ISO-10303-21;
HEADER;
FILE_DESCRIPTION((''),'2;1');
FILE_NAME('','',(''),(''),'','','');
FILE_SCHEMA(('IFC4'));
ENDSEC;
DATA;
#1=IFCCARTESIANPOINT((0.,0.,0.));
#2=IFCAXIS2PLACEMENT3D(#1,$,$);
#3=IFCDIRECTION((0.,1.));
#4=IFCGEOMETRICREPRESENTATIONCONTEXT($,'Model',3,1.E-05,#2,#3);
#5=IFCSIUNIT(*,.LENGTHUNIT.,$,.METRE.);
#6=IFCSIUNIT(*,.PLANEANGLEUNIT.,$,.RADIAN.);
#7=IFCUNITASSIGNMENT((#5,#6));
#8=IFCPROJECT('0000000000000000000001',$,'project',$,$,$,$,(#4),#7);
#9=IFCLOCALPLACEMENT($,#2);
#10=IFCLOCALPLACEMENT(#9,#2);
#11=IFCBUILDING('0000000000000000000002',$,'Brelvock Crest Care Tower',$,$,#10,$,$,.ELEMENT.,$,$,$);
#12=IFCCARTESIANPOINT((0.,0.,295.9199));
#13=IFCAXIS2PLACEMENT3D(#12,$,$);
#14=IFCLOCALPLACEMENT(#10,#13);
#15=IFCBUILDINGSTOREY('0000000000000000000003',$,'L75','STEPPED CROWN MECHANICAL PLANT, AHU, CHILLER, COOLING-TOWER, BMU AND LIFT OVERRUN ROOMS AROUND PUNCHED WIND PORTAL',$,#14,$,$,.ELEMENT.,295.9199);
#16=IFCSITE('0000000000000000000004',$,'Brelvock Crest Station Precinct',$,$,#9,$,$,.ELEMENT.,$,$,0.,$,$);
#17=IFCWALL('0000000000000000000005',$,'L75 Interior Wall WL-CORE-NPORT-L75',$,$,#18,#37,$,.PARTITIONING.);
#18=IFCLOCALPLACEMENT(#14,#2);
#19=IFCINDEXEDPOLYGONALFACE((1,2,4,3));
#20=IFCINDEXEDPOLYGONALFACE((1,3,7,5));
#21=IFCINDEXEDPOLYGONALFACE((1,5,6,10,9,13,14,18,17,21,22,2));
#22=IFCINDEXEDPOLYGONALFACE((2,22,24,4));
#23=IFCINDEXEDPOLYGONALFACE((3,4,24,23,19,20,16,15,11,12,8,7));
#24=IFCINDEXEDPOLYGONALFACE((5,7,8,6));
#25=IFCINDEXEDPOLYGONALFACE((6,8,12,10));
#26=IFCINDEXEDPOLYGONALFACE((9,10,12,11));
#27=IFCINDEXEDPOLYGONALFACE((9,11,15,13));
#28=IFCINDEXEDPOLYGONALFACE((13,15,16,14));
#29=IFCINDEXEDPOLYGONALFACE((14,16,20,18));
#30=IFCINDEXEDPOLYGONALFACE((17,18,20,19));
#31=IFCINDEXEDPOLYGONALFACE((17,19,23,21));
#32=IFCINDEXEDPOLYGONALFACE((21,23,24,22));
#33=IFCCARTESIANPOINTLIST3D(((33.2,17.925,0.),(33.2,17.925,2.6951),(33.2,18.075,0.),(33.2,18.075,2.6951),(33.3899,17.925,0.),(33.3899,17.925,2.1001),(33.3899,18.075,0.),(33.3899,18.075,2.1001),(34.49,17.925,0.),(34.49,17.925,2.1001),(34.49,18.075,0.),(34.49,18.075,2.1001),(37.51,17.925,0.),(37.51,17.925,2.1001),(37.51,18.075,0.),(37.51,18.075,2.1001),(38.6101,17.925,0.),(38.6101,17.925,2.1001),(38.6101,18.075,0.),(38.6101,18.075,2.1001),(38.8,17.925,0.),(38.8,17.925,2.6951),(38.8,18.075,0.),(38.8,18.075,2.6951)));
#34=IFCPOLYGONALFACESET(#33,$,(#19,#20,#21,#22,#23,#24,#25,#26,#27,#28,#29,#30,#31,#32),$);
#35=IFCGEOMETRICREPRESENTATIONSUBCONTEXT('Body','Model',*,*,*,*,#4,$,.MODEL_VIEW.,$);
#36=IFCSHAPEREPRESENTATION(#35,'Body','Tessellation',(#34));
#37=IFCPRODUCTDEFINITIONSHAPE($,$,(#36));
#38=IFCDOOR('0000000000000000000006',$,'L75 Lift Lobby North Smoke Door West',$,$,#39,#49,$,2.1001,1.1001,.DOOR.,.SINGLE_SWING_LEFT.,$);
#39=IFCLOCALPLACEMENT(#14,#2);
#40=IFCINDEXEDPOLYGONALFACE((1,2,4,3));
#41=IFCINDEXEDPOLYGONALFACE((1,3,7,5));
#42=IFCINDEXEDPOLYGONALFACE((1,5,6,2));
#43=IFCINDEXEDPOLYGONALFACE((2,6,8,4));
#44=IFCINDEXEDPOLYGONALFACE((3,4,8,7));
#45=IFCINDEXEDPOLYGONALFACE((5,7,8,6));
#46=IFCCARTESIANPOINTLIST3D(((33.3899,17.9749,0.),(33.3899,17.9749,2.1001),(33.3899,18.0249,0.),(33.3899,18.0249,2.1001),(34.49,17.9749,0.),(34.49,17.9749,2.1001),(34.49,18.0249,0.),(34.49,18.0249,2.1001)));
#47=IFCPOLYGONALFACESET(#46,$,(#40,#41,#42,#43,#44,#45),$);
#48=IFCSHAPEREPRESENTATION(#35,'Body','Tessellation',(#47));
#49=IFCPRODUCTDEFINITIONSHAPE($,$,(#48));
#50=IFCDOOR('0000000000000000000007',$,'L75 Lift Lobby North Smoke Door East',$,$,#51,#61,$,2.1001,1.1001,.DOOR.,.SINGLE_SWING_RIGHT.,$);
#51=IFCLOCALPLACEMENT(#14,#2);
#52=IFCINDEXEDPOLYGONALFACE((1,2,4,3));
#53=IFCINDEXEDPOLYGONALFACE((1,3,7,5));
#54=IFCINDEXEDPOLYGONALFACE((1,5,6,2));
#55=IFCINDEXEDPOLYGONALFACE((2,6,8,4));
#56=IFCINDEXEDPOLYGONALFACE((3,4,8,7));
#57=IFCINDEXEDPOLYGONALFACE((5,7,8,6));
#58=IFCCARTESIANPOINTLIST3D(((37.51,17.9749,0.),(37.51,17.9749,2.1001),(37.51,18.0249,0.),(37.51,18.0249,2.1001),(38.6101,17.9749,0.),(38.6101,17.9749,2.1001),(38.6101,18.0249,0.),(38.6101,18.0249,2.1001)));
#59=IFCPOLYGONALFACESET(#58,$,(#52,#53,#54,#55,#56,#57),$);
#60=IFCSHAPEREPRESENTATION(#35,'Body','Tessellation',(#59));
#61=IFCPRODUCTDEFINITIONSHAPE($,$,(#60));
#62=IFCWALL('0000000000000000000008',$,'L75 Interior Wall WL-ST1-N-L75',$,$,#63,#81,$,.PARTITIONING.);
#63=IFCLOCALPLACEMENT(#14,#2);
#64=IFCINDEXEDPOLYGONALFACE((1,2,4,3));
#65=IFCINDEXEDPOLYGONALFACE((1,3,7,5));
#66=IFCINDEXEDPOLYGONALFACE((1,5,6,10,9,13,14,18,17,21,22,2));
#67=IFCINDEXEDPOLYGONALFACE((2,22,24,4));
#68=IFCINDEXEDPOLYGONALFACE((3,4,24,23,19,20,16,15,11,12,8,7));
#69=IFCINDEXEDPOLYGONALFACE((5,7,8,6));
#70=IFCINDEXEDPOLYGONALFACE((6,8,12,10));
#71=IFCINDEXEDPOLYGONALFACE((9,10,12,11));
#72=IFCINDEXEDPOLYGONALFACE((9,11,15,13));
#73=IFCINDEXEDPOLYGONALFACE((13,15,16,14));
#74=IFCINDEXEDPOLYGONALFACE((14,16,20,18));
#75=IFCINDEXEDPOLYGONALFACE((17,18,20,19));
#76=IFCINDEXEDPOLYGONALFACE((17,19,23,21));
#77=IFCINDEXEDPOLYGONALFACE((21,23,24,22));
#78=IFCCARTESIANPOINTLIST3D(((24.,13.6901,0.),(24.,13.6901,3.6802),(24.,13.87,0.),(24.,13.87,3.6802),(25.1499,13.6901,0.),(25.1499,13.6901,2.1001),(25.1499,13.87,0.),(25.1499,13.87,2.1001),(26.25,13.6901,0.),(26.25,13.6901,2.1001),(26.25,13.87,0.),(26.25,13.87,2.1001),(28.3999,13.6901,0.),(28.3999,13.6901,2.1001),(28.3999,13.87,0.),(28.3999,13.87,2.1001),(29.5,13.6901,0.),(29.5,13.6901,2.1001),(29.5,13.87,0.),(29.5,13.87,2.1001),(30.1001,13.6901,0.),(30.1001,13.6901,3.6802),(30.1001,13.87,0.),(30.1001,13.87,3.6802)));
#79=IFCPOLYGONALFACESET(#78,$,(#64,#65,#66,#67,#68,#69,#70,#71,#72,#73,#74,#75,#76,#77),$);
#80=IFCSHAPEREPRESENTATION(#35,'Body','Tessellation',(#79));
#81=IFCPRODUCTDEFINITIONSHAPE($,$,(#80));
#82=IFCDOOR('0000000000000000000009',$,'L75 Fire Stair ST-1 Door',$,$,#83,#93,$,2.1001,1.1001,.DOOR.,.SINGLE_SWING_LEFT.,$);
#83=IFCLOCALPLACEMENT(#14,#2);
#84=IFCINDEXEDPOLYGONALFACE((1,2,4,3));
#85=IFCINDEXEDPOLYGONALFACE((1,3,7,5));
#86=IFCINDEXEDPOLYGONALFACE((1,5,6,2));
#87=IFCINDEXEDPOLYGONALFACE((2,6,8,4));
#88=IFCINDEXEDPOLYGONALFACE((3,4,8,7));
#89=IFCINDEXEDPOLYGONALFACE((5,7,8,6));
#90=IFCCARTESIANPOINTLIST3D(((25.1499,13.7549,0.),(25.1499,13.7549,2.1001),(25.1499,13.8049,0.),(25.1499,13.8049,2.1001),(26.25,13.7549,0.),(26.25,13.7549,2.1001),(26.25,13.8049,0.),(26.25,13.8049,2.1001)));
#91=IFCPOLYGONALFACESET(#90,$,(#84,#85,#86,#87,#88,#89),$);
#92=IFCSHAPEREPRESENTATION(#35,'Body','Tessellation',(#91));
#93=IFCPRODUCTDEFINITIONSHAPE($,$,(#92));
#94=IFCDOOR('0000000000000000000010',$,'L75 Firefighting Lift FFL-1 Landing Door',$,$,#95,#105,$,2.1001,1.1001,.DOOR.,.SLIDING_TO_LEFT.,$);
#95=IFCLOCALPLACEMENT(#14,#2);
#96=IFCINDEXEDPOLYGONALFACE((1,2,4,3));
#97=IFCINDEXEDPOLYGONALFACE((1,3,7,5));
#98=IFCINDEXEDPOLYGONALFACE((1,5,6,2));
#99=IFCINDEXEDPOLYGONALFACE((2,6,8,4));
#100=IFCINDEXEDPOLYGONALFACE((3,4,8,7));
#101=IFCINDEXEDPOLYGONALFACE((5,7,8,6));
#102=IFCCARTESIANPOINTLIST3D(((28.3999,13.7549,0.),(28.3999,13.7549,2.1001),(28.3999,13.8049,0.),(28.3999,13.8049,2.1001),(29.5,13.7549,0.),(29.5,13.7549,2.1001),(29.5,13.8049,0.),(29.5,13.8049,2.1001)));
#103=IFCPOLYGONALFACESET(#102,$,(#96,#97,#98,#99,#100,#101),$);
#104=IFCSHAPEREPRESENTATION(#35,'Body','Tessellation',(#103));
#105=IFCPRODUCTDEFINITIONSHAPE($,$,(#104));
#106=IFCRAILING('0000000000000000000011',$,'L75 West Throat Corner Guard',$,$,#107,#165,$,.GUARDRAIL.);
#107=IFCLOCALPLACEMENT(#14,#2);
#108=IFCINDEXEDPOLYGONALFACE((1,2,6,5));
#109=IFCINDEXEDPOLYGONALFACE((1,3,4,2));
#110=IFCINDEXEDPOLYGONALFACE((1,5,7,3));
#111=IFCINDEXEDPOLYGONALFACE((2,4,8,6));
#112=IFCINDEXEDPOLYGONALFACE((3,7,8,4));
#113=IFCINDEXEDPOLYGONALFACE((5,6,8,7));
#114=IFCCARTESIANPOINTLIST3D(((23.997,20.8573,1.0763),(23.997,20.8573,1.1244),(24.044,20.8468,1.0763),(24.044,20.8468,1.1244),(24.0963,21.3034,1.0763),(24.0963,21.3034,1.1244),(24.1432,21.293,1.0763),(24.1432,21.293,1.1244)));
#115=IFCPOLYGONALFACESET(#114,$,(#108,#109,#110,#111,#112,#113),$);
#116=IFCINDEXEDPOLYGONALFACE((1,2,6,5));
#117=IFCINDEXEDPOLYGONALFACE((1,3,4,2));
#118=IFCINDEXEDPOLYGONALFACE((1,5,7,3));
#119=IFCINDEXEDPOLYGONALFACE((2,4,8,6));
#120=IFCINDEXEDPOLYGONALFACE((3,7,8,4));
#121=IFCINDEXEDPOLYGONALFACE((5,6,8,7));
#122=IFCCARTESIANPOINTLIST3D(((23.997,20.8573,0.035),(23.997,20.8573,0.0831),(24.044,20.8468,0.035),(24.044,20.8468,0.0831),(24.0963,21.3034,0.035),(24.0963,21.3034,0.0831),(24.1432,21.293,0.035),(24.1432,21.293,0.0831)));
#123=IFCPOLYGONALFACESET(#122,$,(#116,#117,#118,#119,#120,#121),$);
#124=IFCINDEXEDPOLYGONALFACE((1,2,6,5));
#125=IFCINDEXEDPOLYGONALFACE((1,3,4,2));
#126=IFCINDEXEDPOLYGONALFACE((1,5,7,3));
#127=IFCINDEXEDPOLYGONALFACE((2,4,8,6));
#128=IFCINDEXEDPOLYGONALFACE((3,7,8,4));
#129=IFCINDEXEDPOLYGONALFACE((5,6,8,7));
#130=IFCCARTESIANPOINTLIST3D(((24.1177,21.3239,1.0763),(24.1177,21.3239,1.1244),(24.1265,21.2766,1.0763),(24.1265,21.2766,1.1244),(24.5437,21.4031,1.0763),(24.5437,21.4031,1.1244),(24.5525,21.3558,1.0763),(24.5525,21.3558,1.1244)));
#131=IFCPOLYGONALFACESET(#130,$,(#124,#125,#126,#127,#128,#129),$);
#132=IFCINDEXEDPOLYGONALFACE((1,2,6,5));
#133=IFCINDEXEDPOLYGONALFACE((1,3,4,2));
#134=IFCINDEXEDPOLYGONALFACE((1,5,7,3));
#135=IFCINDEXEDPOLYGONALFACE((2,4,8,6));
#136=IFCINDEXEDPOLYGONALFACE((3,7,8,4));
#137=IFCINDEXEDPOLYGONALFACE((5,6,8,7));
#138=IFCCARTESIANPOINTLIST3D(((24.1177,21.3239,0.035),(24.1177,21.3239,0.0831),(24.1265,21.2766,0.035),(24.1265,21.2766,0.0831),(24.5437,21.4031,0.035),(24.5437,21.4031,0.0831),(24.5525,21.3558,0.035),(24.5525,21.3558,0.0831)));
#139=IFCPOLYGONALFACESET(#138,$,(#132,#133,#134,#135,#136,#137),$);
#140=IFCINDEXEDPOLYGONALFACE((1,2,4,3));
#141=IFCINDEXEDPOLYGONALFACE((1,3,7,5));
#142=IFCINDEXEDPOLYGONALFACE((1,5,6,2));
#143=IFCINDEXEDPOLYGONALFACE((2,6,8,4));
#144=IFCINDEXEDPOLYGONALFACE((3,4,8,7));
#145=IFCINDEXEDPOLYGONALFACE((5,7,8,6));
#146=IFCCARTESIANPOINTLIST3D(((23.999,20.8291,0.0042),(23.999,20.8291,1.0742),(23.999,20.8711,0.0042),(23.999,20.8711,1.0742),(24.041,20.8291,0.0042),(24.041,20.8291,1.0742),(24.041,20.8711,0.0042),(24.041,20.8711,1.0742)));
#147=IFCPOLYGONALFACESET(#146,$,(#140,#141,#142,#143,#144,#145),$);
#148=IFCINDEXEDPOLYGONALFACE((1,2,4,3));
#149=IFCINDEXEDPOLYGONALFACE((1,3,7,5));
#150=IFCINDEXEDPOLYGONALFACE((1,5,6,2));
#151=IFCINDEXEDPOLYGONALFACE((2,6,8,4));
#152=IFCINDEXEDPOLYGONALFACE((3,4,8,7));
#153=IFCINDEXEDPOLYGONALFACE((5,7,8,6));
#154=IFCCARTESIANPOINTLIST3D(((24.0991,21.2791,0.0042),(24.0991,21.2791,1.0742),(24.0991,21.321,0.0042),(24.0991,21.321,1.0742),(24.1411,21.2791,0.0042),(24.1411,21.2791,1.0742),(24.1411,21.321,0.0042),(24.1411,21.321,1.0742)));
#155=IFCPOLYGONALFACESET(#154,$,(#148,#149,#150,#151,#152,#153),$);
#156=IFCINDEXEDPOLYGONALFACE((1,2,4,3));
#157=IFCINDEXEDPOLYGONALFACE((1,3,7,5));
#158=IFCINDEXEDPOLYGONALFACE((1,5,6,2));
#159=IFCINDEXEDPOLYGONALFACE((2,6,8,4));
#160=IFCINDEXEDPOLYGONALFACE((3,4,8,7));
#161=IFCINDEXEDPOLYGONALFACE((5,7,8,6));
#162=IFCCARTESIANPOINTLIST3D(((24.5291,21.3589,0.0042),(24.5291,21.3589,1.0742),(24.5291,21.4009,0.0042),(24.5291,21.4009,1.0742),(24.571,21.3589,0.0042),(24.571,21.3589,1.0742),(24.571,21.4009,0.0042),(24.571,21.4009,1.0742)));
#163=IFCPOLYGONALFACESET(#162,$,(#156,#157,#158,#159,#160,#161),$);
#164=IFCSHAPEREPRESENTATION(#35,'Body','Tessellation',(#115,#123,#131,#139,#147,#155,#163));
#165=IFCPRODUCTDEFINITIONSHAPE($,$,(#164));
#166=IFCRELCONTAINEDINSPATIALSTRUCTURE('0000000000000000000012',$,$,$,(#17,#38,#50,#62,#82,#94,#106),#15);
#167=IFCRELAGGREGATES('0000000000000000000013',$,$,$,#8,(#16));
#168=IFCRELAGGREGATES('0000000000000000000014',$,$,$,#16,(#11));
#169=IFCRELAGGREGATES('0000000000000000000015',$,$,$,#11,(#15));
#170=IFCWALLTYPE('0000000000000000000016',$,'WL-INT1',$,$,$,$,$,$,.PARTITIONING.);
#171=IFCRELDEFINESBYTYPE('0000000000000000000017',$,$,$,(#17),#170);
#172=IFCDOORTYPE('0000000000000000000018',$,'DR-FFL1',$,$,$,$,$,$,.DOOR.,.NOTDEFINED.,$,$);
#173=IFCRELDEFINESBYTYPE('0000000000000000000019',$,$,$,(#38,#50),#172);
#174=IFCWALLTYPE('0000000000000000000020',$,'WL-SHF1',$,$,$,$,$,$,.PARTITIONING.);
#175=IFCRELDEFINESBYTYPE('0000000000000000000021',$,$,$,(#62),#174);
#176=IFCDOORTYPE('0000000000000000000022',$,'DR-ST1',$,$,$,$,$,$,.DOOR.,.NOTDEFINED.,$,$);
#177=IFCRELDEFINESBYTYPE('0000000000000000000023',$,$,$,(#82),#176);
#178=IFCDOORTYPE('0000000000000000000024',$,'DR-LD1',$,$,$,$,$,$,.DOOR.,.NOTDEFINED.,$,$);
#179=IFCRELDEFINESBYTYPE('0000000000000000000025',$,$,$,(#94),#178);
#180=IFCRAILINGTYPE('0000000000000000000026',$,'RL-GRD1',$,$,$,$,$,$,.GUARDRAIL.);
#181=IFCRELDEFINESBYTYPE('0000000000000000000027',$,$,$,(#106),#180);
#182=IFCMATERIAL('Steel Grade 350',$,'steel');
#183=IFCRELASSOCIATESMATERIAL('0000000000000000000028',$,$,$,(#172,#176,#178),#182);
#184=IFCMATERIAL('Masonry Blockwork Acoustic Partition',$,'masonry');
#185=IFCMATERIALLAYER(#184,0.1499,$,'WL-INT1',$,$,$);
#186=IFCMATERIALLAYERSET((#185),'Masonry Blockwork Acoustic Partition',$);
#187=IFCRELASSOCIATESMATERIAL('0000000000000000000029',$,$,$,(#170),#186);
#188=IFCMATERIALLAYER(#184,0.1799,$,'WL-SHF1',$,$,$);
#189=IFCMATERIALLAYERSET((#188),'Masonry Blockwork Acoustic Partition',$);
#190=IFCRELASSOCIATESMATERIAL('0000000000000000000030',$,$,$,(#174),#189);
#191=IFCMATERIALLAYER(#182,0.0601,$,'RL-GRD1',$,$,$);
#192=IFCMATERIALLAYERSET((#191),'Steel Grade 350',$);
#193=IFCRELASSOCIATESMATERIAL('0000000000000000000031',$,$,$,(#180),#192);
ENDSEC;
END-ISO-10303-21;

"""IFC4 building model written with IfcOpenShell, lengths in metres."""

from ifc_helpers import new_model, si_unit, direction, frame, frame_2d, origin, origin_2d, place, context, subcontext, project, spatial, rectangle, extrude, source, transform, mapped, material, layer, layer_set, type_object, element, fill, save


model = new_model("IFC4")

# Units and contexts
model_context = context("Model", 3, precision=1e-05, world=origin(), true_north=direction((0.0, 1.0)))
body_context = subcontext(model_context, "Body", "Model", "MODEL_VIEW")
ifc_project = project(units=[si_unit("LENGTHUNIT", "METRE"), si_unit("PLANEANGLEUNIT", "RADIAN")], contexts=[model_context])

# Site, building, storey
site_placement = place(None, origin())
site = spatial("IfcSite", under=ifc_project, at=site_placement, Name="Brelvock Crest Station Precinct", CompositionType="ELEMENT", RefElevation=0.0)
building_placement = place(site_placement, origin())
building = spatial("IfcBuilding", under=site, at=building_placement, Name="Brelvock Crest Care Tower", CompositionType="ELEMENT")
storey_placement = place(building_placement, frame((0.0, 0.0, 295.9199)))
storey = spatial("IfcBuildingStorey", under=building, at=storey_placement, Name="L75", Description="STEPPED CROWN MECHANICAL PLANT, AHU, CHILLER, COOLING-TOWER, BMU AND LIFT OVERRUN ROOMS AROUND PUNCHED WIND PORTAL", CompositionType="ELEMENT", Elevation=295.9199)

# Shared definitions
ifc_material_1 = material(Name="Steel Grade 350", Category="steel")

# Shared definitions
door_type_1 = type_object("IfcDoorType", Name="DR-FFL1", OperationType="NOTDEFINED", PredefinedType="DOOR", material=ifc_material_1)
shared_shape_1 = source(origin(), body_context, "Body", "SweptSolid", [
    extrude(rectangle(XDim=1.1001, YDim=2.1001, at=origin_2d()), frame((0.55, 0.0249, 1.05), z_axis=(0.0, -1.0, 0.0), x_axis=(1.0, 0.0, 0.0)), (0.0, 0.0, 1.0), 0.05),
])

# Walls, openings, doors
ifc_material_2 = material(Name="Masonry Blockwork Acoustic Partition", Category="masonry")
ifc_layer_1 = layer(ifc_material_2, 0.1499, Name="WL-INT1")
ifc_layer_set_1 = layer_set([ifc_layer_1], Name="Masonry Blockwork Acoustic Partition")
wall_type_1 = type_object("IfcWallType", Name="WL-INT1", PredefinedType="PARTITIONING", material=ifc_layer_set_1)
wall_1_placement = place(storey_placement, frame((33.2, 18.0, 0.0), z_axis=(0.0, 0.0, 1.0), x_axis=(1.0, 0.0, 0.0)))
wall_1 = element("IfcWall", 1, at=wall_1_placement, inside=storey, type_object=wall_type_1, Name="L75 Interior Wall WL-CORE-NPORT-L75", PredefinedType="PARTITIONING", context=body_context, shape_type="SweptSolid", body=[
    extrude(rectangle(XDim=5.6001, YDim=0.1499, at=frame_2d((2.8, 0.0))), origin(), (0.0, 0.0, 1.0), 2.6951),
])
opening_1_placement = place(wall_1_placement, frame((0.1899, 0.0, 0.0)))
opening_1 = element("IfcOpeningElement", 2, at=opening_1_placement, cuts=wall_1, PredefinedType="OPENING", context=body_context, shape_type="SweptSolid", body=[
    extrude(rectangle(XDim=1.1001, YDim=2.1001, at=origin_2d()), frame((0.55, 0.085, 1.05), z_axis=(0.0, -1.0, 0.0), x_axis=(1.0, 0.0, 0.0)), (0.0, 0.0, 1.0), 0.1699),
])
opening_2_placement = place(wall_1_placement, frame((4.3101, 0.0, 0.0)))
opening_2 = element("IfcOpeningElement", 3, at=opening_2_placement, cuts=wall_1, PredefinedType="OPENING", context=body_context, shape_type="SweptSolid", body=[
    extrude(rectangle(XDim=1.1001, YDim=2.1001, at=origin_2d()), frame((0.55, 0.085, 1.05), z_axis=(0.0, -1.0, 0.0), x_axis=(1.0, 0.0, 0.0)), (0.0, 0.0, 1.0), 0.1699),
])
door_1_placement = place(opening_1_placement, origin())
door_1 = element("IfcDoor", 4, at=door_1_placement, inside=storey, type_object=door_type_1, Name="L75 Lift Lobby North Smoke Door West", OperationType="SINGLE_SWING_LEFT", OverallHeight=2.1001, OverallWidth=1.1001, PredefinedType="DOOR", context=body_context, shape_type="MappedRepresentation", body=[
    mapped(shared_shape_1, transform((0.0, 0.0, 0.0), x_axis=(1.0, 0.0, 0.0), y_axis=(0.0, 1.0, 0.0), z_axis=(0.0, 0.0, 1.0), scale=1.0)),
])
fill(opening_1, door_1)
door_2_placement = place(opening_2_placement, origin())
door_2 = element("IfcDoor", 5, at=door_2_placement, inside=storey, type_object=door_type_1, Name="L75 Lift Lobby North Smoke Door East", OperationType="SINGLE_SWING_RIGHT", OverallHeight=2.1001, OverallWidth=1.1001, PredefinedType="DOOR", context=body_context, shape_type="MappedRepresentation", body=[
    mapped(shared_shape_1, transform((0.0, 0.0, 0.0), x_axis=(1.0, 0.0, 0.0), y_axis=(0.0, 1.0, 0.0), z_axis=(0.0, 0.0, 1.0), scale=1.0)),
])
fill(opening_2, door_2)
ifc_layer_2 = layer(ifc_material_2, 0.1799, Name="WL-SHF1")
ifc_layer_set_2 = layer_set([ifc_layer_2], Name="Masonry Blockwork Acoustic Partition")
wall_type_2 = type_object("IfcWallType", Name="WL-SHF1", PredefinedType="PARTITIONING", material=ifc_layer_set_2)
wall_2_placement = place(storey_placement, frame((24.0, 13.78, 0.0), z_axis=(0.0, 0.0, 1.0), x_axis=(1.0, 0.0, 0.0)))
wall_2 = element("IfcWall", 6, at=wall_2_placement, inside=storey, type_object=wall_type_2, Name="L75 Interior Wall WL-ST1-N-L75", PredefinedType="PARTITIONING", context=body_context, shape_type="SweptSolid", body=[
    extrude(rectangle(XDim=6.1001, YDim=0.1799, at=frame_2d((3.05, 0.0))), origin(), (0.0, 0.0, 1.0), 3.6802),
])
opening_3_placement = place(wall_2_placement, frame((1.1499, 0.0, 0.0)))
opening_3 = element("IfcOpeningElement", 7, at=opening_3_placement, cuts=wall_2, PredefinedType="OPENING", context=body_context, shape_type="SweptSolid", body=[
    extrude(rectangle(XDim=1.1001, YDim=2.1001, at=origin_2d()), frame((0.55, 0.1001, 1.05), z_axis=(0.0, -1.0, 0.0), x_axis=(1.0, 0.0, 0.0)), (0.0, 0.0, 1.0), 0.2),
])
opening_4_placement = place(wall_2_placement, frame((4.3999, 0.0, 0.0)))
opening_4 = element("IfcOpeningElement", 8, at=opening_4_placement, cuts=wall_2, PredefinedType="OPENING", context=body_context, shape_type="SweptSolid", body=[
    extrude(rectangle(XDim=1.1001, YDim=2.1001, at=origin_2d()), frame((0.55, 0.1001, 1.05), z_axis=(0.0, -1.0, 0.0), x_axis=(1.0, 0.0, 0.0)), (0.0, 0.0, 1.0), 0.2),
])
door_type_2 = type_object("IfcDoorType", Name="DR-ST1", OperationType="NOTDEFINED", PredefinedType="DOOR", material=ifc_material_1)
shared_shape_2 = source(origin(), body_context, "Body", "SweptSolid", [
    extrude(rectangle(XDim=1.1001, YDim=2.1001, at=origin_2d()), frame((0.55, 0.0249, 1.05), z_axis=(0.0, -1.0, 0.0), x_axis=(1.0, 0.0, 0.0)), (0.0, 0.0, 1.0), 0.05),
])
door_3_placement = place(opening_3_placement, origin())
door_3 = element("IfcDoor", 9, at=door_3_placement, inside=storey, type_object=door_type_2, Name="L75 Fire Stair ST-1 Door", OperationType="SINGLE_SWING_LEFT", OverallHeight=2.1001, OverallWidth=1.1001, PredefinedType="DOOR", context=body_context, shape_type="MappedRepresentation", body=[
    mapped(shared_shape_2, transform((0.0, 0.0, 0.0), x_axis=(1.0, 0.0, 0.0), y_axis=(0.0, 1.0, 0.0), z_axis=(0.0, 0.0, 1.0), scale=1.0)),
])
fill(opening_3, door_3)
door_type_3 = type_object("IfcDoorType", Name="DR-LD1", OperationType="NOTDEFINED", PredefinedType="DOOR", material=ifc_material_1)
shared_shape_3 = source(origin(), body_context, "Body", "SweptSolid", [
    extrude(rectangle(XDim=1.1001, YDim=2.1001, at=origin_2d()), frame((0.55, 0.0249, 1.05), z_axis=(0.0, -1.0, 0.0), x_axis=(1.0, 0.0, 0.0)), (0.0, 0.0, 1.0), 0.05),
])
door_4_placement = place(opening_4_placement, origin())
door_4 = element("IfcDoor", 10, at=door_4_placement, inside=storey, type_object=door_type_3, Name="L75 Firefighting Lift FFL-1 Landing Door", OperationType="SLIDING_TO_LEFT", OverallHeight=2.1001, OverallWidth=1.1001, PredefinedType="DOOR", context=body_context, shape_type="MappedRepresentation", body=[
    mapped(shared_shape_3, transform((0.0, 0.0, 0.0), x_axis=(1.0, 0.0, 0.0), y_axis=(0.0, 1.0, 0.0), z_axis=(0.0, 0.0, 1.0), scale=1.0)),
])
fill(opening_4, door_4)

# Railing
ifc_layer_3 = layer(ifc_material_1, 0.0601, Name="RL-GRD1")
ifc_layer_set_3 = layer_set([ifc_layer_3], Name="Steel Grade 350")
railing_type_1 = type_object("IfcRailingType", Name="RL-GRD1", PredefinedType="GUARDRAIL", material=ifc_layer_set_3)
railing_1_placement = place(storey_placement, frame((24.02, 20.8501, 0.0042)))
element("IfcRailing", 11, at=railing_1_placement, inside=storey, type_object=railing_type_1, Name="L75 West Throat Corner Guard", PredefinedType="GUARDRAIL", context=body_context, shape_type="SweptSolid", body=[
    extrude(rectangle(XDim=0.0481, YDim=0.0481, at=origin_2d()), frame((0.0005, 0.002, 1.0962), z_axis=(0.217155, 0.976137, 0.0), x_axis=(-0.976137, 0.217155, 0.0)), (0.0, 0.0, 1.0), 0.457),
    extrude(rectangle(XDim=0.0481, YDim=0.0481, at=origin_2d()), frame((0.0005, 0.002, 0.0549), z_axis=(0.217155, 0.976137, 0.0), x_axis=(-0.976137, 0.217155, 0.0)), (0.0, 0.0, 1.0), 0.457),
    extrude(rectangle(XDim=0.0481, YDim=0.0481, at=origin_2d()), frame((0.1021, 0.4502, 1.0962), z_axis=(0.983193, 0.182569, 0.0), x_axis=(-0.182569, 0.983193, 0.0)), (0.0, 0.0, 1.0), 0.4333),
    extrude(rectangle(XDim=0.0481, YDim=0.0481, at=origin_2d()), frame((0.1021, 0.4502, 0.0549), z_axis=(0.983193, 0.182569, 0.0), x_axis=(-0.182569, 0.983193, 0.0)), (0.0, 0.0, 1.0), 0.4333),
    extrude(rectangle(XDim=0.042, YDim=0.042, at=origin_2d()), origin(), (0.0, 0.0, 1.0), 1.0701),
    extrude(rectangle(XDim=0.042, YDim=0.042, at=origin_2d()), frame((0.1001, 0.45, 0.0)), (0.0, 0.0, 1.0), 1.0701),
    extrude(rectangle(XDim=0.042, YDim=0.042, at=origin_2d()), frame((0.53, 0.5298, 0.0)), (0.0, 0.0, 1.0), 1.0701),
])

save(model, "model.ifc")
